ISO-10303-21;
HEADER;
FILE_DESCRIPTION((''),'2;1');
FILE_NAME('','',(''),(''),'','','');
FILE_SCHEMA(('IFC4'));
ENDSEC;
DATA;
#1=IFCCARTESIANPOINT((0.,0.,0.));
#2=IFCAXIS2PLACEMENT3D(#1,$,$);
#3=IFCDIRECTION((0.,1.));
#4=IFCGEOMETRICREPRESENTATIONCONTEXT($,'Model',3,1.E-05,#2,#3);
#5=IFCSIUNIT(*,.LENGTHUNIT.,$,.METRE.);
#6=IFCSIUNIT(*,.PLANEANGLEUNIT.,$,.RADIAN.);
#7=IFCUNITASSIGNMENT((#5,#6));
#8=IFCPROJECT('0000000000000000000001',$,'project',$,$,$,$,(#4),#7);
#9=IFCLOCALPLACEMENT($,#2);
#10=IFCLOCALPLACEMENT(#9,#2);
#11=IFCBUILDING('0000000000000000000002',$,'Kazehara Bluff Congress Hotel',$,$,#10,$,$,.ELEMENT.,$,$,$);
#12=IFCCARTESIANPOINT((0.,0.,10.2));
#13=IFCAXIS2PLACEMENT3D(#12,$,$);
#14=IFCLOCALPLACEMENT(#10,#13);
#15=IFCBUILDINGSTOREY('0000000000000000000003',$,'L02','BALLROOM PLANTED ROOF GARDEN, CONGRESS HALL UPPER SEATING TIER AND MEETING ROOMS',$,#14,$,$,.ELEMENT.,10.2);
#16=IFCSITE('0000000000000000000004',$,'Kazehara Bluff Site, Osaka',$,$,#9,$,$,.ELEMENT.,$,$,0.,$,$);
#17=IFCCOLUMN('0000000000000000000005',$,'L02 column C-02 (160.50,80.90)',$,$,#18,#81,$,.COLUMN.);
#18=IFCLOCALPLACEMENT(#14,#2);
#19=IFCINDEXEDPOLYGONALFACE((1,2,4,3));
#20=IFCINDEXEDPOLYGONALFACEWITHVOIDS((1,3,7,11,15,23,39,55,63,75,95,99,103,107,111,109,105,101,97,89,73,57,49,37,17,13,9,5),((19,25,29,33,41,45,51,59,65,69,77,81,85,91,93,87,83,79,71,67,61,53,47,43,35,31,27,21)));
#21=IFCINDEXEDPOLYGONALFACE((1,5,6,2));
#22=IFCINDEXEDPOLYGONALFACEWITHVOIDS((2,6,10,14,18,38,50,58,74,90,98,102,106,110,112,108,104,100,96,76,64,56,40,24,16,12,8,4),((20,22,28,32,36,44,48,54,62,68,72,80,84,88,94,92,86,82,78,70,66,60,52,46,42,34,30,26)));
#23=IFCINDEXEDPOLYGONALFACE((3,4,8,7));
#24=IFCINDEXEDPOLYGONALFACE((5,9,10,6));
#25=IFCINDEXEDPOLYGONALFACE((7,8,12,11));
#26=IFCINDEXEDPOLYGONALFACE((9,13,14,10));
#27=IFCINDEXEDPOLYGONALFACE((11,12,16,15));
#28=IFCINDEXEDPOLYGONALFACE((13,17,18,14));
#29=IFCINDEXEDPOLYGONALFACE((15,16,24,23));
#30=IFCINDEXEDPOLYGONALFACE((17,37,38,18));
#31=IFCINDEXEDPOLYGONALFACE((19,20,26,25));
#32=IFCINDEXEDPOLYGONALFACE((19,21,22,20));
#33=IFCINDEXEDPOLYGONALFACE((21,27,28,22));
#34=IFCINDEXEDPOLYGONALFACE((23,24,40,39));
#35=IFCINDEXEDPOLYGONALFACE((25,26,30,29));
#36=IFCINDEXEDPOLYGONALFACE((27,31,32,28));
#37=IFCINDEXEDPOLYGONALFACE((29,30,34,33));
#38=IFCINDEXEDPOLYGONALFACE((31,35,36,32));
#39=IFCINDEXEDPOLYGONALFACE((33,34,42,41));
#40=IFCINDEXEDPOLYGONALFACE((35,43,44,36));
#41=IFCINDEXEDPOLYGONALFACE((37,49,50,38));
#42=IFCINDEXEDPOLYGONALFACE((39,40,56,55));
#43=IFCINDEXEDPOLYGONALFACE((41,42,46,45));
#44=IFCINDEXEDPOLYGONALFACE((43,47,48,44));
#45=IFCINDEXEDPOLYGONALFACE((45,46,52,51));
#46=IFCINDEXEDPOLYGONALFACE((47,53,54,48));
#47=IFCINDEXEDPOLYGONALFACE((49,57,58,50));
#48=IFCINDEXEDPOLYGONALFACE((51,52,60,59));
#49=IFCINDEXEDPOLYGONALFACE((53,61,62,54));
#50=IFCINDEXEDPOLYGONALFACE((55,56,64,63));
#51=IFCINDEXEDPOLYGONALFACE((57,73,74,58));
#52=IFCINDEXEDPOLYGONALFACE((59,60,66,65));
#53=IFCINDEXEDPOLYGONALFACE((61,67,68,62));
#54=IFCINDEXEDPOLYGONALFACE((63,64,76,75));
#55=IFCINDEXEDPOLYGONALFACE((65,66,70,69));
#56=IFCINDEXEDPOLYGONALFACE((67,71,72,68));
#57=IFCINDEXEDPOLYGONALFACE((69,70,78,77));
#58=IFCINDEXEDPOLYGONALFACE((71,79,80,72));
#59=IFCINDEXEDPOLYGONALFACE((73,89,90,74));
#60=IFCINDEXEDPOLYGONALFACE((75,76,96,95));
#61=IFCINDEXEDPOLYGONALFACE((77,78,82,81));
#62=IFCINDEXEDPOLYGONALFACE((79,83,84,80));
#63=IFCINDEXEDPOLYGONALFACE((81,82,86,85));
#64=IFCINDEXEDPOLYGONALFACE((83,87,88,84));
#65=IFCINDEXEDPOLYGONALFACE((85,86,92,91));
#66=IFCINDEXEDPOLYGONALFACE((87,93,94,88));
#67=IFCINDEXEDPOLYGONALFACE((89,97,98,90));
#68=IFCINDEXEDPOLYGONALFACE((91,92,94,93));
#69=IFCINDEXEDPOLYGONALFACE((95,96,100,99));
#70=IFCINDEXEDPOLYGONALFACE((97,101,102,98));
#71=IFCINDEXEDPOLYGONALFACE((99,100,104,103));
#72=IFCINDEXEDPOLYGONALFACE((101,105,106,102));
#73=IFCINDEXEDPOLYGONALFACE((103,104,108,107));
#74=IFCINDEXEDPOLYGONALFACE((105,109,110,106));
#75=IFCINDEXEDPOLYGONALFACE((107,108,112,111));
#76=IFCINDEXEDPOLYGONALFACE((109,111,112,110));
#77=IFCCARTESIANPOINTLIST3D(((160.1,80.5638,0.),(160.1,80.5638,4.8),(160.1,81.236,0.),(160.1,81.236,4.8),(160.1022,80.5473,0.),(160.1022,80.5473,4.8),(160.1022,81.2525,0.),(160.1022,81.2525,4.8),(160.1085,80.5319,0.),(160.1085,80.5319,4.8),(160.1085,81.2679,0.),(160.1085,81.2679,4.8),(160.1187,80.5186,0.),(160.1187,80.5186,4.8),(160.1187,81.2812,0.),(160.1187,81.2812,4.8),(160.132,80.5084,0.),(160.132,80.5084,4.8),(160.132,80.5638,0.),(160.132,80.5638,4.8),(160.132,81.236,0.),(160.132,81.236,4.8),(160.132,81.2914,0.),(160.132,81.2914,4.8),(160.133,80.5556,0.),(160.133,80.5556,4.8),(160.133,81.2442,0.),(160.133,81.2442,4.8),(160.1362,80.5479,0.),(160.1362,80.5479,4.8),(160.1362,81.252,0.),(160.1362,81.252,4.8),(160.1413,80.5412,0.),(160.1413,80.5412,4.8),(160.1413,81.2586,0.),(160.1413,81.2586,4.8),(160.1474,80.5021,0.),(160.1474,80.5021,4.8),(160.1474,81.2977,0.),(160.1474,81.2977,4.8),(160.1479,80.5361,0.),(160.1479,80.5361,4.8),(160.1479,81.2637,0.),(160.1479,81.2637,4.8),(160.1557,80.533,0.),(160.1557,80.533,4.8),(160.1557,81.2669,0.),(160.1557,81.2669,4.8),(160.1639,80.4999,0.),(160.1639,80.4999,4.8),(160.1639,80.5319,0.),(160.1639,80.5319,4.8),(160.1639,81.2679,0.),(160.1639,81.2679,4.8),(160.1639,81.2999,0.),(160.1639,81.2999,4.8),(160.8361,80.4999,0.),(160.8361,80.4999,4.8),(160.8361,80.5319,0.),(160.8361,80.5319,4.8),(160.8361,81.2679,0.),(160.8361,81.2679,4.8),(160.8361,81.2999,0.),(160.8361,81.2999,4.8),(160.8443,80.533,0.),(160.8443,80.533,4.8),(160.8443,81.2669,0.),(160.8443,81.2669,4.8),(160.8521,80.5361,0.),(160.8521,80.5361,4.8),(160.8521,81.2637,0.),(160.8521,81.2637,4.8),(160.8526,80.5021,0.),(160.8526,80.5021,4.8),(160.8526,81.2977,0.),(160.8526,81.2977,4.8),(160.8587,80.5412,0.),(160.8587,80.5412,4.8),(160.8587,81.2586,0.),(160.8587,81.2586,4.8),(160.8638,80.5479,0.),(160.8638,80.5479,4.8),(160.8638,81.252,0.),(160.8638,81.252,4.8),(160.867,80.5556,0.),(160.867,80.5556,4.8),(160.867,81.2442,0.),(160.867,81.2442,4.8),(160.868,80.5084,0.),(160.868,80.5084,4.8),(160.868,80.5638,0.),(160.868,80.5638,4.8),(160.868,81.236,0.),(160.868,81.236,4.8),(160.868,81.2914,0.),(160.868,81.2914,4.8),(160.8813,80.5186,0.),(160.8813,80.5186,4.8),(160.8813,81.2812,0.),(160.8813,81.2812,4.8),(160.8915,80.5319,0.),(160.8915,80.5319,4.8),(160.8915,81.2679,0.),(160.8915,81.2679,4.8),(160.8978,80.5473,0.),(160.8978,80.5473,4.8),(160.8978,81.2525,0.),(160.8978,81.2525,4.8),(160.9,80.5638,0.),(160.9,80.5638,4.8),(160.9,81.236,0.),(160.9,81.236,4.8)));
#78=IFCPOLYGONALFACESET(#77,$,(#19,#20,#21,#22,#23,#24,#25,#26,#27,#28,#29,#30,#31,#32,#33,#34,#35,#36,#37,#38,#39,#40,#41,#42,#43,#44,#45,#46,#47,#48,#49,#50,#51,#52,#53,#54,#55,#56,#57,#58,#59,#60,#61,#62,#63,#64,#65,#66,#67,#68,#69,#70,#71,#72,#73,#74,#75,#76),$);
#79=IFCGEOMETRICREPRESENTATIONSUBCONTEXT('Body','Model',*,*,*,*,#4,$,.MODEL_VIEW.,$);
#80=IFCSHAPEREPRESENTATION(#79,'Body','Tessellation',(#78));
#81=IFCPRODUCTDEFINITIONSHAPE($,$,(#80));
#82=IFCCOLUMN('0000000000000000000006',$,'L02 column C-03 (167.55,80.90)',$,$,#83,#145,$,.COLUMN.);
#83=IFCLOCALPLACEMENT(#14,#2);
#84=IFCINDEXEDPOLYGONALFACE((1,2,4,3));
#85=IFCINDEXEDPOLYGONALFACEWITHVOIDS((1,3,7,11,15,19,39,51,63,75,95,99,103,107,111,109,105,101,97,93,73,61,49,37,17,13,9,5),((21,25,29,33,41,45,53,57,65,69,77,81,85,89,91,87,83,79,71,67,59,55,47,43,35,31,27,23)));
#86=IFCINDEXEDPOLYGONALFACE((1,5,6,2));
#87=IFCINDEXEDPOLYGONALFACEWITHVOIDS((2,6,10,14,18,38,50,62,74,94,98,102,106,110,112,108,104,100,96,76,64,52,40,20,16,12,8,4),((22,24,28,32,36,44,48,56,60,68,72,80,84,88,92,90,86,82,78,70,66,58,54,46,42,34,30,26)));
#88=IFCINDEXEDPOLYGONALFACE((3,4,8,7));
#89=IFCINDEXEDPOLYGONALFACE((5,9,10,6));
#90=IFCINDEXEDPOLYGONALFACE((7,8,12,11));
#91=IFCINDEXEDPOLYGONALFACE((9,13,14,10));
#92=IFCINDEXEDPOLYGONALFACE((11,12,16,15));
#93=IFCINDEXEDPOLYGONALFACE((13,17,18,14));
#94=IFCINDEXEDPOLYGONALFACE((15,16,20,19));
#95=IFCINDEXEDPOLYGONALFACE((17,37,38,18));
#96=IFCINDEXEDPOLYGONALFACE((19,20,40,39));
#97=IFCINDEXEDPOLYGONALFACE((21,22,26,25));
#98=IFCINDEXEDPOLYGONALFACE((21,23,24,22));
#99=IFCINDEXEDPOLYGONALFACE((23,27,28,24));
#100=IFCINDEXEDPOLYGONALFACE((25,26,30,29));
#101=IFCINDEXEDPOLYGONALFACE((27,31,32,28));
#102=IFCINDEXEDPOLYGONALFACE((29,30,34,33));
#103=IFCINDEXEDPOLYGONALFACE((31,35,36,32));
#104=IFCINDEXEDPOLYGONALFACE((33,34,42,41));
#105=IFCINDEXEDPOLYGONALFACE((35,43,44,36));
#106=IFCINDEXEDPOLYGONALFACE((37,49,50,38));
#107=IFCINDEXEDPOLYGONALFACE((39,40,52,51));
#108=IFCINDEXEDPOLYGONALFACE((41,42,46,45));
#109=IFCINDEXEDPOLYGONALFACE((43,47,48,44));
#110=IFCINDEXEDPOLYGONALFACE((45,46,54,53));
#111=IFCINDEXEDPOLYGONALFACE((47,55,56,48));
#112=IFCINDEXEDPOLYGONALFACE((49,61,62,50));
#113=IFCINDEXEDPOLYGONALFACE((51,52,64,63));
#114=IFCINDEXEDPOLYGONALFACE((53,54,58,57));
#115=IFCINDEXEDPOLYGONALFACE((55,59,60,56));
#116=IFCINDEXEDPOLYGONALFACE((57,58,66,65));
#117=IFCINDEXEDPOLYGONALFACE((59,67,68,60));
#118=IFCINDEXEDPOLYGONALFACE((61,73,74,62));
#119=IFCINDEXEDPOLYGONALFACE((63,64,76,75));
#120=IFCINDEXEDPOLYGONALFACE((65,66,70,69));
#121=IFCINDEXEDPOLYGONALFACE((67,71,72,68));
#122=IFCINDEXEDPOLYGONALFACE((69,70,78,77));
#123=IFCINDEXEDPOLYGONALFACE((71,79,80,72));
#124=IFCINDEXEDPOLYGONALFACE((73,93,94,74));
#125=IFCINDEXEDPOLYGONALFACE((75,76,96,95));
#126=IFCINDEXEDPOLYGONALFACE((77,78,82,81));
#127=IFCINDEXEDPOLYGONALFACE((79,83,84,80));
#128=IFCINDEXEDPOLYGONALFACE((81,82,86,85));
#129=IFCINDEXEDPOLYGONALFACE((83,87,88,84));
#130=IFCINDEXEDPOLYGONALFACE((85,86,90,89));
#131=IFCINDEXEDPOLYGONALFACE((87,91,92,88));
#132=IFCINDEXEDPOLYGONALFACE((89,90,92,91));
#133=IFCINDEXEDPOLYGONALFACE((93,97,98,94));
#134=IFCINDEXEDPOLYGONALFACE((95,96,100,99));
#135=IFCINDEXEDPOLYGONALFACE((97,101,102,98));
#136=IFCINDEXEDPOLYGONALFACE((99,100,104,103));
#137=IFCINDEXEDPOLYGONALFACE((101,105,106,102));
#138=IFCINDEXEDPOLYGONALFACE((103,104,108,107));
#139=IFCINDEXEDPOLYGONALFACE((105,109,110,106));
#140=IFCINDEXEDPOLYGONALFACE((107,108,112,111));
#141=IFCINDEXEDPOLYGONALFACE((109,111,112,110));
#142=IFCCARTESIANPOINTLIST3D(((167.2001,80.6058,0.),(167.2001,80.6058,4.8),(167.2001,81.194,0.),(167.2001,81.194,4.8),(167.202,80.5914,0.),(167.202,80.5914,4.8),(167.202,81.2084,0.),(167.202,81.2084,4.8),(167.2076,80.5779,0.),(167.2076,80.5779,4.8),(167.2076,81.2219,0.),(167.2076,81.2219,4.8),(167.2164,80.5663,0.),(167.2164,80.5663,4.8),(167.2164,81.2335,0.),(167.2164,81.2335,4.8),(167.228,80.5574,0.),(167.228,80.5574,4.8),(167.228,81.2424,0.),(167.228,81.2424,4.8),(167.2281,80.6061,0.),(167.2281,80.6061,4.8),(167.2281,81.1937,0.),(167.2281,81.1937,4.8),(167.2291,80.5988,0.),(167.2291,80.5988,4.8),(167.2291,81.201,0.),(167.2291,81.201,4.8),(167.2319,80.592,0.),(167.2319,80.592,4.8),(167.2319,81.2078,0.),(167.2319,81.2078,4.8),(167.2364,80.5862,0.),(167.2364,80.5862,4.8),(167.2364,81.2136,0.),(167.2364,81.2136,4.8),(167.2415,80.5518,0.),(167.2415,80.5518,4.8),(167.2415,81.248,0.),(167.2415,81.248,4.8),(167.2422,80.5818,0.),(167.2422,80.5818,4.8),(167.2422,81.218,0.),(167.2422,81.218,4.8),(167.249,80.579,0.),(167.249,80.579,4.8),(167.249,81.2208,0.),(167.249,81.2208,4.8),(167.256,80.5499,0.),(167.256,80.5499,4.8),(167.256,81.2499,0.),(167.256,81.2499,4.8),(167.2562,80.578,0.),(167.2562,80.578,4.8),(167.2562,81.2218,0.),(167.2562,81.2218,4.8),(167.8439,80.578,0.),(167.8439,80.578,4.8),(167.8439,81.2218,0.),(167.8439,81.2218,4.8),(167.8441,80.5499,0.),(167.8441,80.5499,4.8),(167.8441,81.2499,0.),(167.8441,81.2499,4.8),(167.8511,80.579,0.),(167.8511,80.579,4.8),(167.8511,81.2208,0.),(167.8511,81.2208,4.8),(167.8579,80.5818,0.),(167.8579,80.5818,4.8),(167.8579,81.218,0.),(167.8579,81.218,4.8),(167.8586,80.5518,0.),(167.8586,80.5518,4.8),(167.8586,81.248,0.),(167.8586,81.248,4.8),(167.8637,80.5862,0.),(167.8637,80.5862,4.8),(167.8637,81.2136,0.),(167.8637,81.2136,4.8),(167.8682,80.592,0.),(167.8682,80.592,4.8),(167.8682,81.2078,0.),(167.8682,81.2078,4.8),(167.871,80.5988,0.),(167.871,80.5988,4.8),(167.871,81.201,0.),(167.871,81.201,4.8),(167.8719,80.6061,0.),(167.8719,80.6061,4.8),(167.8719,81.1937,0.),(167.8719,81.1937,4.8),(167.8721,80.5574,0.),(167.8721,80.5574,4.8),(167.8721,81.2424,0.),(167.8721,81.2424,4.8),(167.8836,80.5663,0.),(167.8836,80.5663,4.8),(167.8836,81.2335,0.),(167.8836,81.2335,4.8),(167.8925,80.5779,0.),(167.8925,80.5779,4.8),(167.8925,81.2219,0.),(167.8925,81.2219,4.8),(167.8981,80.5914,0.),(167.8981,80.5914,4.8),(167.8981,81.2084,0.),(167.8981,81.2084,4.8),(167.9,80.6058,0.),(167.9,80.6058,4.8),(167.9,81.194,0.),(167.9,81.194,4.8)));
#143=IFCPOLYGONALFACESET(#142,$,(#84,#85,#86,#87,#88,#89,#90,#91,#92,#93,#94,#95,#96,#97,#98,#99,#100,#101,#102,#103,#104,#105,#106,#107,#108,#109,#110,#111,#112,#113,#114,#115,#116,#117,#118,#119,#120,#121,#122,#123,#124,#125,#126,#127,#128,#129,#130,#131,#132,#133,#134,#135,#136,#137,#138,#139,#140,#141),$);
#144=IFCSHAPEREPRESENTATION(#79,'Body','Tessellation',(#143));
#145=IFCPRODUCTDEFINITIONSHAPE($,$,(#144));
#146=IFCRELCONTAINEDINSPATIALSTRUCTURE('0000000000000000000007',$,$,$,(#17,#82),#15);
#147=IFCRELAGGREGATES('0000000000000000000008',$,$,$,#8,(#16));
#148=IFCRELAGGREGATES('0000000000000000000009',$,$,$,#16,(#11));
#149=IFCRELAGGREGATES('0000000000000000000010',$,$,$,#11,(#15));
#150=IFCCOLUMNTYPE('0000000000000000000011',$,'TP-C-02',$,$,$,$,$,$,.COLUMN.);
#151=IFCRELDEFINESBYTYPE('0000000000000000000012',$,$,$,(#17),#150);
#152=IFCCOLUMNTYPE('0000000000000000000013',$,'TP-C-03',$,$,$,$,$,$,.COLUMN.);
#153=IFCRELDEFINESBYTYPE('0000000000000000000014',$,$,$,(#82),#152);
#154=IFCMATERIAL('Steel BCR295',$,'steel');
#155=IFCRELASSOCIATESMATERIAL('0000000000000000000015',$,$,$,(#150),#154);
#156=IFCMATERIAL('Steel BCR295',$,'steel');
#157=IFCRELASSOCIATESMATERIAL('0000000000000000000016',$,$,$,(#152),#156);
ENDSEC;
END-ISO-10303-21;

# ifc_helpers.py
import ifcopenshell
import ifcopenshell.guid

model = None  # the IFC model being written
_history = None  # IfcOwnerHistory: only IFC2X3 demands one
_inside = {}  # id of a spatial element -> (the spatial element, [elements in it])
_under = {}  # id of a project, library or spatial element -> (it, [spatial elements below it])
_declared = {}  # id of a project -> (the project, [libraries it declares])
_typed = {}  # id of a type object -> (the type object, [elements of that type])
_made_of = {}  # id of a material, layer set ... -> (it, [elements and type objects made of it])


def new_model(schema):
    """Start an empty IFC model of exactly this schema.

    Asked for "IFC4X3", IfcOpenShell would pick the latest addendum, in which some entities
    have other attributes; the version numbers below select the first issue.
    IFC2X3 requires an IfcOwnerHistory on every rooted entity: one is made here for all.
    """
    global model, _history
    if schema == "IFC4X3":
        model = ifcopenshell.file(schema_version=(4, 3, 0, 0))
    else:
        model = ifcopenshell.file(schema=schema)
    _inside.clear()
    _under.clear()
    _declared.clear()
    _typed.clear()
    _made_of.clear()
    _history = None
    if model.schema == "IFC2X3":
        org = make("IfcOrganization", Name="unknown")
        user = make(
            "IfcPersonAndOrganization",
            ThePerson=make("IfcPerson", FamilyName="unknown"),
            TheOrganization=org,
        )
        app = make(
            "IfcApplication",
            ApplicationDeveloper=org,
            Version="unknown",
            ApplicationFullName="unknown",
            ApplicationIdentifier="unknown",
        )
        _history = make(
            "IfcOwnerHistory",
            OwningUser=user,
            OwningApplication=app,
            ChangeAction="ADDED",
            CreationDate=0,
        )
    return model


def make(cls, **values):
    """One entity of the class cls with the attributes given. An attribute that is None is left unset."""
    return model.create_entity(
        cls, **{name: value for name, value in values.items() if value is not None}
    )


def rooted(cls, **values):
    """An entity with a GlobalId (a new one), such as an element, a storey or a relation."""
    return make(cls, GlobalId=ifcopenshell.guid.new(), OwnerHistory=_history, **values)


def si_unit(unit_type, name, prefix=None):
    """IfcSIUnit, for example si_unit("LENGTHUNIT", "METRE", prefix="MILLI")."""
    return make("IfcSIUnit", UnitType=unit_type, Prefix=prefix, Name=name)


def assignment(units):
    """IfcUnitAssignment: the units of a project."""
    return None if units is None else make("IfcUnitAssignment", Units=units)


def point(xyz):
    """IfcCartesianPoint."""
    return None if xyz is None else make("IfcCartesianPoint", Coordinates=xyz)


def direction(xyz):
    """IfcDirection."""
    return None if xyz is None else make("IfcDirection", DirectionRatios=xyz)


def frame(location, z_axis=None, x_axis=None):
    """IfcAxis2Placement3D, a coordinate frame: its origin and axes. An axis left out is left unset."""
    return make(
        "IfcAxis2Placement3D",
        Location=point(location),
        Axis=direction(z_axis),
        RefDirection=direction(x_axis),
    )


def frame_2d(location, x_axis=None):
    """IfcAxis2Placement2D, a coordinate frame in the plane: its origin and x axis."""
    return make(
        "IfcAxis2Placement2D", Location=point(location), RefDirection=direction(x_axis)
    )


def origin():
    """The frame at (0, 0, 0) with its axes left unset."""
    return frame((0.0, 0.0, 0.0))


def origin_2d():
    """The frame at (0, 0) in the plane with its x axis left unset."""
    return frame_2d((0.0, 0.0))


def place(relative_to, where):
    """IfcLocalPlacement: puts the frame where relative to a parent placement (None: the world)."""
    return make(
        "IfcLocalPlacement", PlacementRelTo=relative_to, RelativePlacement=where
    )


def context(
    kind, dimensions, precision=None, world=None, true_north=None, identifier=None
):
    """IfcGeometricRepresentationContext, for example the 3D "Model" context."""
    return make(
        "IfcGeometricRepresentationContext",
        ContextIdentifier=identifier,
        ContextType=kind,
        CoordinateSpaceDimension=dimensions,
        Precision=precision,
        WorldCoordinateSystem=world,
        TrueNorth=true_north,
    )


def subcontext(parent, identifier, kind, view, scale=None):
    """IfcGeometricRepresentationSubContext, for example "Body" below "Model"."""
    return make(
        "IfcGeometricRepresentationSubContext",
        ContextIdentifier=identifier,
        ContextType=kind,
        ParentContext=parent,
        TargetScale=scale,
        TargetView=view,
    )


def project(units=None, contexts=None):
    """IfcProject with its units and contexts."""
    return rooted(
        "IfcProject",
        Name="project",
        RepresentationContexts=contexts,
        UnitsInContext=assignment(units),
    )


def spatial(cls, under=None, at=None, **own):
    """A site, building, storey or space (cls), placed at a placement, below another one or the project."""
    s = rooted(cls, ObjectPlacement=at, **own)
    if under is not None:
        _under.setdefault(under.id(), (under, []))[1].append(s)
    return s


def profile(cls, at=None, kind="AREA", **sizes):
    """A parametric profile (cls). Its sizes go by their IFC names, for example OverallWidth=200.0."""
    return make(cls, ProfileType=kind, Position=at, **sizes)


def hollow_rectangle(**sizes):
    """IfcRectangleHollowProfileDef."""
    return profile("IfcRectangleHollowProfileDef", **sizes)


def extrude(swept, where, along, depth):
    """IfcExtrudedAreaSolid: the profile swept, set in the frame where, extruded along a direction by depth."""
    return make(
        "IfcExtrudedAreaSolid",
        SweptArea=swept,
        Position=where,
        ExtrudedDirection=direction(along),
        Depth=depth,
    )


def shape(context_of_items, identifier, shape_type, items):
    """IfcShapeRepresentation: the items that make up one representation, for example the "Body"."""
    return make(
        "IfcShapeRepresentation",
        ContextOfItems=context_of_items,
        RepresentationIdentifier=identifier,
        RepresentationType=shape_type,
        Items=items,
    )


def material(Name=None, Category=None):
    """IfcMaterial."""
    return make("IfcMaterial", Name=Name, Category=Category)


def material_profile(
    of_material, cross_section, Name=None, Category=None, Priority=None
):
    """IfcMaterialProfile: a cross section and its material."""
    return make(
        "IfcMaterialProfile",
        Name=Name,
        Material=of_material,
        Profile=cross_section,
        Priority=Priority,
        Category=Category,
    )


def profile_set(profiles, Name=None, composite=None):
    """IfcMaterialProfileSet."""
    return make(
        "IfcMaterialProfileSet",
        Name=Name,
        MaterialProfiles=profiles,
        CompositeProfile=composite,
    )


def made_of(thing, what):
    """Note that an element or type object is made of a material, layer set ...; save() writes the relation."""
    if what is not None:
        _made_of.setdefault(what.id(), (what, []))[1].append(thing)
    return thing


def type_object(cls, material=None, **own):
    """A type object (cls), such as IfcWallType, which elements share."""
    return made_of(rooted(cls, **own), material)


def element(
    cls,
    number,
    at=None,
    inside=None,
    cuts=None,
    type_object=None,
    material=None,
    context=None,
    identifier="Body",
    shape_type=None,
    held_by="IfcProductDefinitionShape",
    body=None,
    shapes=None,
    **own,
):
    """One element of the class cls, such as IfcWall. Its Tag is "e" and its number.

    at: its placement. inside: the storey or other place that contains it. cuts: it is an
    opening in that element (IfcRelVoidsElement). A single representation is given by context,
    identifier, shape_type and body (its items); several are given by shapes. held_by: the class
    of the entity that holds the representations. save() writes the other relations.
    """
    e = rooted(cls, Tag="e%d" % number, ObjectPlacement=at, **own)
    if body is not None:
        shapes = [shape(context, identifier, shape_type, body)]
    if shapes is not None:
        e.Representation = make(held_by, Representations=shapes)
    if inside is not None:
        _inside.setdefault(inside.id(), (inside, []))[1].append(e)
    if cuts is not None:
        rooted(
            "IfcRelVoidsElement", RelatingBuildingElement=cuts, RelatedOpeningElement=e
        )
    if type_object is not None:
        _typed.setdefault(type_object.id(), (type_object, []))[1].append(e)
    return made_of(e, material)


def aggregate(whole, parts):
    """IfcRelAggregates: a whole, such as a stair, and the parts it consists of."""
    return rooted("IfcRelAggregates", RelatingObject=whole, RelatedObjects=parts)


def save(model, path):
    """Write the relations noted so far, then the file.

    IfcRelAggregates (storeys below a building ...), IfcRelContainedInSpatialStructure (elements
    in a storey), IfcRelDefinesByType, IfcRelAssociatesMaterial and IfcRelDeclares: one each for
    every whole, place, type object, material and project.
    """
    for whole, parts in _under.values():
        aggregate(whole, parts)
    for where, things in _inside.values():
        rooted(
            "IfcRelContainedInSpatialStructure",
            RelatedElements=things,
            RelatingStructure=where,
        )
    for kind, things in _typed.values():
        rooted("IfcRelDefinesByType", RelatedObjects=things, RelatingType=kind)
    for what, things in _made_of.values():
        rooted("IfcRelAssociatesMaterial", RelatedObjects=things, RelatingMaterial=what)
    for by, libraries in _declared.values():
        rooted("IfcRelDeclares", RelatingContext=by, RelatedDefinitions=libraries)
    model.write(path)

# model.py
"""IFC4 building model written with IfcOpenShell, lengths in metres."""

from ifc_helpers import new_model, si_unit, direction, frame, origin, origin_2d, place, context, subcontext, project, spatial, hollow_rectangle, extrude, material, material_profile, profile_set, type_object, element, save


model = new_model("IFC4")

# Units and contexts
model_context = context("Model", 3, precision=1e-05, world=origin(), true_north=direction((0.0, 1.0)))
body_context = subcontext(model_context, "Body", "Model", "MODEL_VIEW")
ifc_project = project(units=[si_unit("LENGTHUNIT", "METRE"), si_unit("PLANEANGLEUNIT", "RADIAN")], contexts=[model_context])

# Site, building, storey
site_placement = place(None, origin())
site = spatial("IfcSite", under=ifc_project, at=site_placement, Name="Kazehara Bluff Site, Osaka", CompositionType="ELEMENT", RefElevation=0.0)
building_placement = place(site_placement, origin())
building = spatial("IfcBuilding", under=site, at=building_placement, Name="Kazehara Bluff Congress Hotel", CompositionType="ELEMENT")
storey_placement = place(building_placement, frame((0.0, 0.0, 10.2)))
storey = spatial("IfcBuildingStorey", under=building, at=storey_placement, Name="L02", Description="BALLROOM PLANTED ROOF GARDEN, CONGRESS HALL UPPER SEATING TIER AND MEETING ROOMS", CompositionType="ELEMENT", Elevation=10.2)

# Columns
ifc_material_1 = material(Name="Steel BCR295", Category="steel")
ifc_material_profile_1 = material_profile(ifc_material_1, hollow_rectangle(XDim=0.8, YDim=0.8, WallThickness=0.032, InnerFilletRadius=0.032, OuterFilletRadius=0.064, at=origin_2d()))
ifc_profile_set_1 = profile_set([ifc_material_profile_1], Name="Steel BCR295")
column_type_1 = type_object("IfcColumnType", Name="TP-C-02", PredefinedType="COLUMN", material=ifc_profile_set_1)
column_1_placement = place(storey_placement, frame((160.5, 80.8999, 0.0), z_axis=(0.0, 0.0, 1.0), x_axis=(1.0, 0.0, 0.0)))
element("IfcColumn", 1, at=column_1_placement, inside=storey, type_object=column_type_1, Name="L02 column C-02 (160.50,80.90)", PredefinedType="COLUMN", context=body_context, shape_type="SweptSolid", body=[
    extrude(hollow_rectangle(XDim=0.8, YDim=0.8, WallThickness=0.032, InnerFilletRadius=0.032, OuterFilletRadius=0.064, at=origin_2d()), origin(), (0.0, 0.0, 1.0), 4.8),
])
ifc_material_2 = material(Name="Steel BCR295", Category="steel")
ifc_material_profile_2 = material_profile(ifc_material_2, hollow_rectangle(XDim=0.7, YDim=0.7, WallThickness=0.0281, InnerFilletRadius=0.0281, OuterFilletRadius=0.0559, at=origin_2d()))
ifc_profile_set_2 = profile_set([ifc_material_profile_2], Name="Steel BCR295")
column_type_2 = type_object("IfcColumnType", Name="TP-C-03", PredefinedType="COLUMN", material=ifc_profile_set_2)
column_2_placement = place(storey_placement, frame((167.55, 80.8999, 0.0), z_axis=(0.0, 0.0, 1.0), x_axis=(1.0, 0.0, 0.0)))
element("IfcColumn", 2, at=column_2_placement, inside=storey, type_object=column_type_2, Name="L02 column C-03 (167.55,80.90)", PredefinedType="COLUMN", context=body_context, shape_type="SweptSolid", body=[
    extrude(hollow_rectangle(XDim=0.7, YDim=0.7, WallThickness=0.0281, InnerFilletRadius=0.0281, OuterFilletRadius=0.0559, at=origin_2d()), origin(), (0.0, 0.0, 1.0), 4.8),
])

save(model, "model.ifc")
